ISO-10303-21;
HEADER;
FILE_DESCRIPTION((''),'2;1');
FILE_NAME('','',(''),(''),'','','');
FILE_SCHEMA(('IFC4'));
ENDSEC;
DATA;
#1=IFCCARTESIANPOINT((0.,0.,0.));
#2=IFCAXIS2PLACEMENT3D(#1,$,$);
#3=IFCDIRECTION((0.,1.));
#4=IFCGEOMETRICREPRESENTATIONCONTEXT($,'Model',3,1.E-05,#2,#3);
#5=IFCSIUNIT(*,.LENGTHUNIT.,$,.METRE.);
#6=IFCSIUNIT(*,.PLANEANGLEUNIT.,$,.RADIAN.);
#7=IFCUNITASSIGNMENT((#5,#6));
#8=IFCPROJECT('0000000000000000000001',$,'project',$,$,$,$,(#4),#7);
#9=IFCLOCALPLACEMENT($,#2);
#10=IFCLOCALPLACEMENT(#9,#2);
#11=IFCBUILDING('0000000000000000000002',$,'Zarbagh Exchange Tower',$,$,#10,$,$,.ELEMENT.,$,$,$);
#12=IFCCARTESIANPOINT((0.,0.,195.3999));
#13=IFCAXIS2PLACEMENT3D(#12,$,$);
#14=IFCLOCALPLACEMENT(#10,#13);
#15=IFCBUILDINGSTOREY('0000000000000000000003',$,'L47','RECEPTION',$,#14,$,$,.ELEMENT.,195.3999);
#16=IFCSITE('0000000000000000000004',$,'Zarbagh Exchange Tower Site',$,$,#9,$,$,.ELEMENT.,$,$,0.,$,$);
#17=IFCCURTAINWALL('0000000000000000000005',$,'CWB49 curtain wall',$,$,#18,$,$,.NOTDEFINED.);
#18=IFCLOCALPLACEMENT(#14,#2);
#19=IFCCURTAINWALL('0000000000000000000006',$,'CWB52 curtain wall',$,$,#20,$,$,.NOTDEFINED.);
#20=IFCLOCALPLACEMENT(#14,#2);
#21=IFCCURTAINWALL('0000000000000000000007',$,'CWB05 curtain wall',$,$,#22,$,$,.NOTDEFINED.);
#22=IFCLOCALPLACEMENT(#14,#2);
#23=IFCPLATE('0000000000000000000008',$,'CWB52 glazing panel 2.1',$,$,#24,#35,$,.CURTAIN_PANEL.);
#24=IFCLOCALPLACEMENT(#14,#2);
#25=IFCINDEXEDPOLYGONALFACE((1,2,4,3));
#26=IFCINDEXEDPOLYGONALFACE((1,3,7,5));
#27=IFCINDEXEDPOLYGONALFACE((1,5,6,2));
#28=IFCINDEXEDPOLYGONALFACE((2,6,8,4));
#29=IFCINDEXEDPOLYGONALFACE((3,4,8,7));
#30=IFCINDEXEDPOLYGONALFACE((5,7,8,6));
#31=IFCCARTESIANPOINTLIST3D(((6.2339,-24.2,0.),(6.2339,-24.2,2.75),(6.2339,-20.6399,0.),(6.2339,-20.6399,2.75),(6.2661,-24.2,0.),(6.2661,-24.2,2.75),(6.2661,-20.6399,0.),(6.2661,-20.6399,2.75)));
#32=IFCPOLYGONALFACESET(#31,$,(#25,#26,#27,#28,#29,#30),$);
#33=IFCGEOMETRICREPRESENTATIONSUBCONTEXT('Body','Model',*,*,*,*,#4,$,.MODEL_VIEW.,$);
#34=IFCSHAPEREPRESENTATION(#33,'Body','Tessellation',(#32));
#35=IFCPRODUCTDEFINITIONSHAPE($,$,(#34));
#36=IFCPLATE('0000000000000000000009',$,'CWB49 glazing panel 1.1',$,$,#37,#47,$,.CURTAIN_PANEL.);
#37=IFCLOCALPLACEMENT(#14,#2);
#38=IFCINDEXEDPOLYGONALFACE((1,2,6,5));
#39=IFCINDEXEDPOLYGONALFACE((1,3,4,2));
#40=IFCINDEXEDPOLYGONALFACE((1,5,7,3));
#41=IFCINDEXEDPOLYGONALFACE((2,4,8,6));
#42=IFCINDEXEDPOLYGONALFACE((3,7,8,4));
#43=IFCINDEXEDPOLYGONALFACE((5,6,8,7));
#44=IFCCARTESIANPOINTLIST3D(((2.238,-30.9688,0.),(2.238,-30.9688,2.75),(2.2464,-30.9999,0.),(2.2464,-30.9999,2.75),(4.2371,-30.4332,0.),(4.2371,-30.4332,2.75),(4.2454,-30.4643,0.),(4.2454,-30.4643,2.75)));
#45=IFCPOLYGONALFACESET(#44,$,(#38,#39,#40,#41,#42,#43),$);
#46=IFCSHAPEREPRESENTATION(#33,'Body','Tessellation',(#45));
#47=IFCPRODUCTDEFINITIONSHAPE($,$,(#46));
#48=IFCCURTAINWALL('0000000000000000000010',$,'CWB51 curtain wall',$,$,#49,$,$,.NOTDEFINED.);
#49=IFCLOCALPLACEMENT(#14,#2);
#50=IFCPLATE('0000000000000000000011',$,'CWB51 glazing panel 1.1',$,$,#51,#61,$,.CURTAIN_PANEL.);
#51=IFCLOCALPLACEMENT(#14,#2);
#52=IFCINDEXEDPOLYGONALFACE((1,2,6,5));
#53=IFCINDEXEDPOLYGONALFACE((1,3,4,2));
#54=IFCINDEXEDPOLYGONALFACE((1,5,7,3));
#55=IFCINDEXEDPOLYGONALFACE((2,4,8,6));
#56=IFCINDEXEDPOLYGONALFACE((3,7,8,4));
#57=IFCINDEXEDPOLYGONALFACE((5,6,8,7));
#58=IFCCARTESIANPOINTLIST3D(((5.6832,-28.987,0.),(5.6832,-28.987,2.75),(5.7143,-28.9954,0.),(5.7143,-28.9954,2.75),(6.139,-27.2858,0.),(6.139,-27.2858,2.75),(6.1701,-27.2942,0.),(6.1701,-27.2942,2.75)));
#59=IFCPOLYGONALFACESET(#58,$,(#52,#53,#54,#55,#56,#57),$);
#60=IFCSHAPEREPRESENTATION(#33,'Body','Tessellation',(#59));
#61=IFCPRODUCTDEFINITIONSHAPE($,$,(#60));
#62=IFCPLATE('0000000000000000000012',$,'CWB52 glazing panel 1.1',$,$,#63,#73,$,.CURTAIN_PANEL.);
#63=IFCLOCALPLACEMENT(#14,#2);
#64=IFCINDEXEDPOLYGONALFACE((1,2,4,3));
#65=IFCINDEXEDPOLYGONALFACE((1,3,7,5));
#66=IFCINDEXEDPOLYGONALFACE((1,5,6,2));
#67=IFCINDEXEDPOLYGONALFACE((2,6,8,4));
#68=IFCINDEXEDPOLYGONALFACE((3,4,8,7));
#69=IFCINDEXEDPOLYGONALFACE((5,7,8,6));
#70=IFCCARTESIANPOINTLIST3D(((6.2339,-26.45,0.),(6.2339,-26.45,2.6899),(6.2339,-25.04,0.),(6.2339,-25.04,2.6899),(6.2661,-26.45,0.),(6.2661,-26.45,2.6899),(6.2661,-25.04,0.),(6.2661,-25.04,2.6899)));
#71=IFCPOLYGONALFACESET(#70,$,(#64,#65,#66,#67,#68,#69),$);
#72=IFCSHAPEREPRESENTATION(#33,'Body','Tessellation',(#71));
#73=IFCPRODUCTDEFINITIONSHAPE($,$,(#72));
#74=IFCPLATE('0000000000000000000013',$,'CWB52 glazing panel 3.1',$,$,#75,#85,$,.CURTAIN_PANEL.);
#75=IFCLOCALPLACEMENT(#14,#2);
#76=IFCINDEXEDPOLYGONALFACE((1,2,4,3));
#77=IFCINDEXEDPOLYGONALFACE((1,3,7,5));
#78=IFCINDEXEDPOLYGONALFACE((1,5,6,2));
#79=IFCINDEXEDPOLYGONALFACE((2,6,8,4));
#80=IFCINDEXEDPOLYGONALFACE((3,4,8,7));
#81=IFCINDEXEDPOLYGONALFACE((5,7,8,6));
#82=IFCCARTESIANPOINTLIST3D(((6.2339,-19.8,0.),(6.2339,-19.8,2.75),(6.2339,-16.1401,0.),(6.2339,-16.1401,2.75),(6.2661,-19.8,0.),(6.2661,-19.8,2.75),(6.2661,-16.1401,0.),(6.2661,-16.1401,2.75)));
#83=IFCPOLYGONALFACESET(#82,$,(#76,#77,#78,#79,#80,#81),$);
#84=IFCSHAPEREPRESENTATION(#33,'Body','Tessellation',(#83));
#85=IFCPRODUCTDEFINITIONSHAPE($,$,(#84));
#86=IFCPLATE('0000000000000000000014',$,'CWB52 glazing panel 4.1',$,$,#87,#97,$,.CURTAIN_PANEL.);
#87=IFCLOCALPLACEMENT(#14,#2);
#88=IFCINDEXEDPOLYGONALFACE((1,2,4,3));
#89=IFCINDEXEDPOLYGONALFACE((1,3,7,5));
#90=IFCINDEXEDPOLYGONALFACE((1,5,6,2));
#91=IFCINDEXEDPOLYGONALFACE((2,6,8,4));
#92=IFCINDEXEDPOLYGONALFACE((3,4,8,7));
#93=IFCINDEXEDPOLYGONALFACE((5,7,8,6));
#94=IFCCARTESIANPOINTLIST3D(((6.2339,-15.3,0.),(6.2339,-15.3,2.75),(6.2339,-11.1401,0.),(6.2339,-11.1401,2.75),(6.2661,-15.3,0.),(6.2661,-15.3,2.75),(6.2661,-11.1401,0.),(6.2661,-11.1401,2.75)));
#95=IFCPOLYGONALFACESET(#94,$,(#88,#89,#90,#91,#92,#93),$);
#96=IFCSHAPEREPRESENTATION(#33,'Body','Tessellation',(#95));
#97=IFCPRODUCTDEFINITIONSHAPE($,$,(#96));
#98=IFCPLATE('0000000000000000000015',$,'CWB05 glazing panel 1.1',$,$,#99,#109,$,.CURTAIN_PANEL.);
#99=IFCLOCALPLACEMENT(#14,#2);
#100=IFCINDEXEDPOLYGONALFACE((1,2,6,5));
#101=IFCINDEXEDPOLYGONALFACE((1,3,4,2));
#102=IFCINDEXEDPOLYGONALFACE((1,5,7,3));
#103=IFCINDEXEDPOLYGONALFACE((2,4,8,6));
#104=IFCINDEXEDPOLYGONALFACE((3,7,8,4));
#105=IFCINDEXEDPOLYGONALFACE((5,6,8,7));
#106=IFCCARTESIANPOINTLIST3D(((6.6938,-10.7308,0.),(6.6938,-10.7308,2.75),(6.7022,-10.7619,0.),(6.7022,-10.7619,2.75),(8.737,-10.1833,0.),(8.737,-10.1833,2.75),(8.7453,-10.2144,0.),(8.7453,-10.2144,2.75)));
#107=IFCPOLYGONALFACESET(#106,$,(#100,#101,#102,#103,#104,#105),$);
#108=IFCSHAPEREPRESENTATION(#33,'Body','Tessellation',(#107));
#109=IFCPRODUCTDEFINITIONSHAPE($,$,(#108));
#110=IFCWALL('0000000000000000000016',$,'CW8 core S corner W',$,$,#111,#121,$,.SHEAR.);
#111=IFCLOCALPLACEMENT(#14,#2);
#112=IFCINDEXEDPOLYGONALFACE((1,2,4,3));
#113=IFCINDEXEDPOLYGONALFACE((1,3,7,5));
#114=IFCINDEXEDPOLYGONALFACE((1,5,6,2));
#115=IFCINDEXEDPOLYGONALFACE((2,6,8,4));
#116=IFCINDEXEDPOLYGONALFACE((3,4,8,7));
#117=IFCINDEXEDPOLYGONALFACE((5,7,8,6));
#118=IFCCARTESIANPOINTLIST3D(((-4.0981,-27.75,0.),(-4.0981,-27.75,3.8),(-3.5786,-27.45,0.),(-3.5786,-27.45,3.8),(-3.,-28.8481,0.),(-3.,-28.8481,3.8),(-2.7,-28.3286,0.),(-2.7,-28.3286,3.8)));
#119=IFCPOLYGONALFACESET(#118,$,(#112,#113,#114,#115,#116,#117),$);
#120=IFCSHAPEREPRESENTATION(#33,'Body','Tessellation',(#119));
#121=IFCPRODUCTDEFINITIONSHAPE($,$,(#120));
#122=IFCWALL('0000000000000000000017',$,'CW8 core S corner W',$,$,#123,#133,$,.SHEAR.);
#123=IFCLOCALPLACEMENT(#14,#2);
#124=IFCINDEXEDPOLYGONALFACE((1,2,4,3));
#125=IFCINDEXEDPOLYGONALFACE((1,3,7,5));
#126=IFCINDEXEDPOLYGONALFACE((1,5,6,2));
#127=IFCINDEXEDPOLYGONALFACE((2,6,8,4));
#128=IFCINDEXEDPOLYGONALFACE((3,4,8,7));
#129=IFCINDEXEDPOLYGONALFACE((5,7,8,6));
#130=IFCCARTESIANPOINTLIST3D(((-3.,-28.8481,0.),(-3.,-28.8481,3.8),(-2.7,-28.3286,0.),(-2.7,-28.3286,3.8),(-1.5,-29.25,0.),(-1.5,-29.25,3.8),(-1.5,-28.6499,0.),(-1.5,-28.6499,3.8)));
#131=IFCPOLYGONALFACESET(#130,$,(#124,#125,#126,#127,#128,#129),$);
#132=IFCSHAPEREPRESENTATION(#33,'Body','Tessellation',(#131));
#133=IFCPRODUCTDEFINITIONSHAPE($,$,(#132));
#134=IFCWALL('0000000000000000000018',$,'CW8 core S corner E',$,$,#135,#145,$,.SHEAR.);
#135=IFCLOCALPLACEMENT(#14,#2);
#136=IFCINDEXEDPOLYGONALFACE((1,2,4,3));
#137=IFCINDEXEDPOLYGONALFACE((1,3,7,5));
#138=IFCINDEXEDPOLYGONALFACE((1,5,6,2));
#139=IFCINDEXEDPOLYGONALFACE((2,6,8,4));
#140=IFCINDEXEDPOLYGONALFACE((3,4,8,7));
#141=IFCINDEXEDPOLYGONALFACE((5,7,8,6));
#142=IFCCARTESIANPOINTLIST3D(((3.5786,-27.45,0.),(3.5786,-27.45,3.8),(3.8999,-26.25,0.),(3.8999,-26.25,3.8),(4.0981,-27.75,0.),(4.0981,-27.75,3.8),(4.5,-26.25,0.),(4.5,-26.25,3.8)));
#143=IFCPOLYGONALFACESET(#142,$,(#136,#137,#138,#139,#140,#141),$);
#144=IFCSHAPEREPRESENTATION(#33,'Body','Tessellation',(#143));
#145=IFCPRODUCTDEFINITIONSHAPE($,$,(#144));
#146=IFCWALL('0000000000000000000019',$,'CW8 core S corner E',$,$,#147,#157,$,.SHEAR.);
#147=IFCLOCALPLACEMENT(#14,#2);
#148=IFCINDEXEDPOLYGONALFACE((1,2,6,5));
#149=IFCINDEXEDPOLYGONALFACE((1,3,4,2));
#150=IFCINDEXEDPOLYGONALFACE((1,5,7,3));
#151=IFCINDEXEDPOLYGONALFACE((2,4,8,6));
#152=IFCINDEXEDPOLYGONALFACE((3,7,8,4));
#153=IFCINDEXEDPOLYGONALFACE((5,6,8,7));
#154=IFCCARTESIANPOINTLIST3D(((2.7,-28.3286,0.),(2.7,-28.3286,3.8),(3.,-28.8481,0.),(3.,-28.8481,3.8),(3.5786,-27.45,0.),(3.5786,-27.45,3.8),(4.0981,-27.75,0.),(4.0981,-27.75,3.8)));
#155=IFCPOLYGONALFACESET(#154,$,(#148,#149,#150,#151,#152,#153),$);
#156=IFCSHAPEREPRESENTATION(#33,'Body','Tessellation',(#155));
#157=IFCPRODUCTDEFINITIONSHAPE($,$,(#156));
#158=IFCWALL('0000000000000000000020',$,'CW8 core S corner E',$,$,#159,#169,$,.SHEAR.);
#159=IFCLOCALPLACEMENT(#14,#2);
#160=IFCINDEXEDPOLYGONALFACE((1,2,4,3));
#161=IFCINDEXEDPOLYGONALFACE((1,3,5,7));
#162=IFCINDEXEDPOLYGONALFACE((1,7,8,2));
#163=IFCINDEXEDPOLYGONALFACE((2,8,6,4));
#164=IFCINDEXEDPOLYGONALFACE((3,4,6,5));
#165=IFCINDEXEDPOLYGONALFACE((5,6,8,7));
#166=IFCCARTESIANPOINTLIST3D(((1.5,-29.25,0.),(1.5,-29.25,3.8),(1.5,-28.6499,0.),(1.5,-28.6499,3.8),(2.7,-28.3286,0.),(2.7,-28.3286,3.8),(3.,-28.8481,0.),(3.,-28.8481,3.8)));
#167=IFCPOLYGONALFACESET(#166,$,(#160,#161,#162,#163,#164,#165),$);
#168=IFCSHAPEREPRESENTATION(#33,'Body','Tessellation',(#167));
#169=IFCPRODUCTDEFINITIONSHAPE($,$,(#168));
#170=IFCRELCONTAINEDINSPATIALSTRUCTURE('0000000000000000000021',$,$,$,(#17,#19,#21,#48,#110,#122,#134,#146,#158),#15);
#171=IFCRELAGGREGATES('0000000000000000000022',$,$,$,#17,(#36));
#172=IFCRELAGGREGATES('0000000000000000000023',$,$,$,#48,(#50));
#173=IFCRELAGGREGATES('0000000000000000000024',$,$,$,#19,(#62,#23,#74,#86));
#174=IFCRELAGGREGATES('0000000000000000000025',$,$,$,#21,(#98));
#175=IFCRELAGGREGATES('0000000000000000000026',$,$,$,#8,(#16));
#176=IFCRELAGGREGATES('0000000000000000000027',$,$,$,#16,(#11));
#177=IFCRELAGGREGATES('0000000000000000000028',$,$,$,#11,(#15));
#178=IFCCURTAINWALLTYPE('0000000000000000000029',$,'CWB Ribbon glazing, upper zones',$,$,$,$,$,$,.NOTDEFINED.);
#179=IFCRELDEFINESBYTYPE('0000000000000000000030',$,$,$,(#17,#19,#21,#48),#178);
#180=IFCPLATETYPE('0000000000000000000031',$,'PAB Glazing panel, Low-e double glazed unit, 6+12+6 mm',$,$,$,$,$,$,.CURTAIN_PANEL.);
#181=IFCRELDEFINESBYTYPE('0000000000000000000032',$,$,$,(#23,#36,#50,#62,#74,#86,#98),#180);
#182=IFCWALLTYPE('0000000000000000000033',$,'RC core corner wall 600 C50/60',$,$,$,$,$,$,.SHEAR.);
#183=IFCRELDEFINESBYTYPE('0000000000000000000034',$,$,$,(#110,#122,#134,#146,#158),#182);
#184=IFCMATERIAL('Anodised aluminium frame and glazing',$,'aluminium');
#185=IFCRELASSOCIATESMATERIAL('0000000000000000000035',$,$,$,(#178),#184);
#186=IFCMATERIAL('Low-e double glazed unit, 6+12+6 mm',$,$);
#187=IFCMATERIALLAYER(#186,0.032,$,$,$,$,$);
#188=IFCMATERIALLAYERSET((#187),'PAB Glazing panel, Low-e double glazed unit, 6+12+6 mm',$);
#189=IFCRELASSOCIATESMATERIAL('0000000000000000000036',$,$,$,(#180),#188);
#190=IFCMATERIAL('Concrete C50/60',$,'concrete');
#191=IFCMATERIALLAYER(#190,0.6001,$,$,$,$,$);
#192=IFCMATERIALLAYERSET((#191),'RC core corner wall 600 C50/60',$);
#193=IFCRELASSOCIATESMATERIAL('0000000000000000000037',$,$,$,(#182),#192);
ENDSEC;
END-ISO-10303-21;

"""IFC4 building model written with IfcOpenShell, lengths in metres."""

from ifc_helpers import new_model, si_unit, direction, frame, origin, place, context, subcontext, project, spatial, polyline, outline, extrude, source, transform, mapped, material, layer, layer_set, type_object, element, aggregate, save


model = new_model("IFC4")

# Units and contexts
model_context = context("Model", 3, precision=1e-05, world=origin(), true_north=direction((0.0, 1.0)))
body_context = subcontext(model_context, "Body", "Model", "MODEL_VIEW")
ifc_project = project(units=[si_unit("LENGTHUNIT", "METRE"), si_unit("PLANEANGLEUNIT", "RADIAN")], contexts=[model_context])

# Site, building, storey
site_placement = place(None, origin())
site = spatial("IfcSite", under=ifc_project, at=site_placement, Name="Zarbagh Exchange Tower Site", CompositionType="ELEMENT", RefElevation=0.0)
building_placement = place(site_placement, origin())
building = spatial("IfcBuilding", under=site, at=building_placement, Name="Zarbagh Exchange Tower", CompositionType="ELEMENT")
storey_placement = place(building_placement, frame((0.0, 0.0, 195.3999)))
storey = spatial("IfcBuildingStorey", under=building, at=storey_placement, Name="L47", Description="RECEPTION", CompositionType="ELEMENT", Elevation=195.3999)

# Curtain wall
ifc_material_1 = material(Name="Anodised aluminium frame and glazing", Category="aluminium")
curtain_wall_type = type_object("IfcCurtainWallType", Name="CWB Ribbon glazing, upper zones", PredefinedType="NOTDEFINED", material=ifc_material_1)
curtain_wall_1_placement = place(storey_placement, origin())
curtain_wall_1 = element("IfcCurtainWall", 1, at=curtain_wall_1_placement, inside=storey, type_object=curtain_wall_type, Name="CWB49 curtain wall", PredefinedType="NOTDEFINED")
placement = place(storey_placement, origin())

# Curtain wall
curtain_wall_2_placement = place(storey_placement, origin())
curtain_wall_2 = element("IfcCurtainWall", 2, at=curtain_wall_2_placement, inside=storey, type_object=curtain_wall_type, Name="CWB52 curtain wall", PredefinedType="NOTDEFINED")

# Curtain wall
curtain_wall_3_placement = place(storey_placement, origin())
curtain_wall_3 = element("IfcCurtainWall", 3, at=curtain_wall_3_placement, inside=storey, type_object=curtain_wall_type, Name="CWB05 curtain wall", PredefinedType="NOTDEFINED")

# Shared definitions
ifc_material_2 = material(Name="Low-e double glazed unit, 6+12+6 mm")
ifc_layer_1 = layer(ifc_material_2, 0.032)
ifc_layer_set_1 = layer_set([ifc_layer_1], Name="PAB Glazing panel, Low-e double glazed unit, 6+12+6 mm")
plate_type = type_object("IfcPlateType", Name="PAB Glazing panel, Low-e double glazed unit, 6+12+6 mm", PredefinedType="CURTAIN_PANEL", material=ifc_layer_set_1)

# Plates
shared_shape_1 = source(origin(), body_context, "Body", "SweptSolid", [
    extrude(outline(polyline([(0.0, -0.0161), (3.5601, -0.0161), (3.5601, 0.0161), (0.0, 0.0161), (0.0, -0.0161)])), origin(), (0.0, 0.0, 1.0), 2.75),
])
plate_1 = element("IfcPlate", 4, at=placement, type_object=plate_type, Name="CWB52 glazing panel 2.1", PredefinedType="CURTAIN_PANEL", context=body_context, shape_type="MappedRepresentation", body=[
    mapped(shared_shape_1, transform((6.25, -24.2, 0.0), x_axis=(0.0, 1.0, 0.0), y_axis=(-1.0, 0.0, 0.0), z_axis=(0.0, 0.0, 1.0))),
])
shared_shape_2 = source(origin(), body_context, "Body", "SweptSolid", [
    extrude(outline(polyline([(0.0, -0.0161), (2.0696, -0.0161), (2.0696, 0.0161), (0.0, 0.0161), (0.0, -0.0161)])), origin(), (0.0, 0.0, 1.0), 2.75),
])
plate_2 = element("IfcPlate", 5, at=placement, type_object=plate_type, Name="CWB49 glazing panel 1.1", PredefinedType="CURTAIN_PANEL", context=body_context, shape_type="MappedRepresentation", body=[
    mapped(shared_shape_2, transform((2.2422, -30.9844, 0.0), x_axis=(0.965924, 0.258825, 0.0), y_axis=(-0.258825, 0.965924, 0.0), z_axis=(0.0, 0.0, 1.0))),
])
aggregate(curtain_wall_1, [plate_2])

# Curtain wall, plate
curtain_wall_4_placement = place(storey_placement, origin())
curtain_wall_4 = element("IfcCurtainWall", 6, at=curtain_wall_4_placement, inside=storey, type_object=curtain_wall_type, Name="CWB51 curtain wall", PredefinedType="NOTDEFINED")
shared_shape_3 = source(origin(), body_context, "Body", "SweptSolid", [
    extrude(outline(polyline([(0.0, -0.0161), (1.7612, -0.0161), (1.7612, 0.0161), (0.0, 0.0161), (0.0, -0.0161)])), origin(), (0.0, 0.0, 1.0), 2.75),
])
plate_3 = element("IfcPlate", 7, at=placement, type_object=plate_type, Name="CWB51 glazing panel 1.1", PredefinedType="CURTAIN_PANEL", context=body_context, shape_type="MappedRepresentation", body=[
    mapped(shared_shape_3, transform((5.6987, -28.9912, 0.0), x_axis=(0.258825, 0.965924, 0.0), y_axis=(-0.965924, 0.258825, 0.0), z_axis=(0.0, 0.0, 1.0))),
])
aggregate(curtain_wall_4, [plate_3])

# Plates
shared_shape_4 = source(origin(), body_context, "Body", "SweptSolid", [
    extrude(outline(polyline([(0.0, -0.0161), (1.4099, -0.0161), (1.4099, 0.0161), (0.0, 0.0161), (0.0, -0.0161)])), origin(), (0.0, 0.0, 1.0), 2.6899),
])
plate_4 = element("IfcPlate", 8, at=placement, type_object=plate_type, Name="CWB52 glazing panel 1.1", PredefinedType="CURTAIN_PANEL", context=body_context, shape_type="MappedRepresentation", body=[
    mapped(shared_shape_4, transform((6.25, -26.45, 0.0), x_axis=(0.0, 1.0, 0.0), y_axis=(-1.0, 0.0, 0.0), z_axis=(0.0, 0.0, 1.0))),
])
shared_shape_5 = source(origin(), body_context, "Body", "SweptSolid", [
    extrude(outline(polyline([(0.0, -0.0161), (3.6599, -0.0161), (3.6599, 0.0161), (0.0, 0.0161), (0.0, -0.0161)])), origin(), (0.0, 0.0, 1.0), 2.75),
])
plate_5 = element("IfcPlate", 9, at=placement, type_object=plate_type, Name="CWB52 glazing panel 3.1", PredefinedType="CURTAIN_PANEL", context=body_context, shape_type="MappedRepresentation", body=[
    mapped(shared_shape_5, transform((6.25, -19.8, 0.0), x_axis=(0.0, 1.0, 0.0), y_axis=(-1.0, 0.0, 0.0), z_axis=(0.0, 0.0, 1.0))),
])
shared_shape_6 = source(origin(), body_context, "Body", "SweptSolid", [
    extrude(outline(polyline([(0.0, -0.0161), (4.1599, -0.0161), (4.1599, 0.0161), (0.0, 0.0161), (0.0, -0.0161)])), origin(), (0.0, 0.0, 1.0), 2.75),
])
plate_6 = element("IfcPlate", 10, at=placement, type_object=plate_type, Name="CWB52 glazing panel 4.1", PredefinedType="CURTAIN_PANEL", context=body_context, shape_type="MappedRepresentation", body=[
    mapped(shared_shape_6, transform((6.25, -15.3, 0.0), x_axis=(0.0, 1.0, 0.0), y_axis=(-1.0, 0.0, 0.0), z_axis=(0.0, 0.0, 1.0))),
])
aggregate(curtain_wall_2, [plate_4, plate_1, plate_5, plate_6])
shared_shape_7 = source(origin(), body_context, "Body", "SweptSolid", [
    extrude(outline(polyline([(0.0, -0.0161), (2.1152, -0.0161), (2.1152, 0.0161), (0.0, 0.0161), (0.0, -0.0161)])), origin(), (0.0, 0.0, 1.0), 2.75),
])
plate_7 = element("IfcPlate", 11, at=placement, type_object=plate_type, Name="CWB05 glazing panel 1.1", PredefinedType="CURTAIN_PANEL", context=body_context, shape_type="MappedRepresentation", body=[
    mapped(shared_shape_7, transform((6.698, -10.7463, 0.0), x_axis=(0.965924, 0.258825, 0.0), y_axis=(-0.258825, 0.965924, 0.0), z_axis=(0.0, 0.0, 1.0))),
])
aggregate(curtain_wall_3, [plate_7])

# Walls
ifc_material_3 = material(Name="Concrete C50/60", Category="concrete")
ifc_layer_2 = layer(ifc_material_3, 0.6001)
ifc_layer_set_2 = layer_set([ifc_layer_2], Name="RC core corner wall 600 C50/60")
wall_type = type_object("IfcWallType", Name="RC core corner wall 600 C50/60", PredefinedType="SHEAR", material=ifc_layer_set_2)
wall_1_placement = place(storey_placement, origin())
element("IfcWall", 12, at=wall_1_placement, inside=storey, type_object=wall_type, Name="CW8 core S corner W", PredefinedType="SHEAR", context=body_context, shape_type="SweptSolid", body=[
    extrude(outline(polyline([(-4.0981, -27.75), (-3.0, -28.8481), (-2.7, -28.3286), (-3.5786, -27.45), (-4.0981, -27.75)])), origin(), (0.0, 0.0, 1.0), 3.8),
])
wall_2_placement = place(storey_placement, origin())
element("IfcWall", 13, at=wall_2_placement, inside=storey, type_object=wall_type, Name="CW8 core S corner W", PredefinedType="SHEAR", context=body_context, shape_type="SweptSolid", body=[
    extrude(outline(polyline([(-3.0, -28.8481), (-1.5, -29.25), (-1.5, -28.6499), (-2.7, -28.3286), (-3.0, -28.8481)])), origin(), (0.0, 0.0, 1.0), 3.8),
])
wall_3_placement = place(storey_placement, origin())
element("IfcWall", 14, at=wall_3_placement, inside=storey, type_object=wall_type, Name="CW8 core S corner E", PredefinedType="SHEAR", context=body_context, shape_type="SweptSolid", body=[
    extrude(outline(polyline([(4.5, -26.25), (4.0981, -27.75), (3.5786, -27.45), (3.8999, -26.25), (4.5, -26.25)])), origin(), (0.0, 0.0, 1.0), 3.8),
])
wall_4_placement = place(storey_placement, origin())
element("IfcWall", 15, at=wall_4_placement, inside=storey, type_object=wall_type, Name="CW8 core S corner E", PredefinedType="SHEAR", context=body_context, shape_type="SweptSolid", body=[
    extrude(outline(polyline([(4.0981, -27.75), (3.0, -28.8481), (2.7, -28.3286), (3.5786, -27.45), (4.0981, -27.75)])), origin(), (0.0, 0.0, 1.0), 3.8),
])
wall_5_placement = place(storey_placement, origin())
element("IfcWall", 16, at=wall_5_placement, inside=storey, type_object=wall_type, Name="CW8 core S corner E", PredefinedType="SHEAR", context=body_context, shape_type="SweptSolid", body=[
    extrude(outline(polyline([(3.0, -28.8481), (1.5, -29.25), (1.5, -28.6499), (2.7, -28.3286), (3.0, -28.8481)])), origin(), (0.0, 0.0, 1.0), 3.8),
])

save(model, "model.ifc")
